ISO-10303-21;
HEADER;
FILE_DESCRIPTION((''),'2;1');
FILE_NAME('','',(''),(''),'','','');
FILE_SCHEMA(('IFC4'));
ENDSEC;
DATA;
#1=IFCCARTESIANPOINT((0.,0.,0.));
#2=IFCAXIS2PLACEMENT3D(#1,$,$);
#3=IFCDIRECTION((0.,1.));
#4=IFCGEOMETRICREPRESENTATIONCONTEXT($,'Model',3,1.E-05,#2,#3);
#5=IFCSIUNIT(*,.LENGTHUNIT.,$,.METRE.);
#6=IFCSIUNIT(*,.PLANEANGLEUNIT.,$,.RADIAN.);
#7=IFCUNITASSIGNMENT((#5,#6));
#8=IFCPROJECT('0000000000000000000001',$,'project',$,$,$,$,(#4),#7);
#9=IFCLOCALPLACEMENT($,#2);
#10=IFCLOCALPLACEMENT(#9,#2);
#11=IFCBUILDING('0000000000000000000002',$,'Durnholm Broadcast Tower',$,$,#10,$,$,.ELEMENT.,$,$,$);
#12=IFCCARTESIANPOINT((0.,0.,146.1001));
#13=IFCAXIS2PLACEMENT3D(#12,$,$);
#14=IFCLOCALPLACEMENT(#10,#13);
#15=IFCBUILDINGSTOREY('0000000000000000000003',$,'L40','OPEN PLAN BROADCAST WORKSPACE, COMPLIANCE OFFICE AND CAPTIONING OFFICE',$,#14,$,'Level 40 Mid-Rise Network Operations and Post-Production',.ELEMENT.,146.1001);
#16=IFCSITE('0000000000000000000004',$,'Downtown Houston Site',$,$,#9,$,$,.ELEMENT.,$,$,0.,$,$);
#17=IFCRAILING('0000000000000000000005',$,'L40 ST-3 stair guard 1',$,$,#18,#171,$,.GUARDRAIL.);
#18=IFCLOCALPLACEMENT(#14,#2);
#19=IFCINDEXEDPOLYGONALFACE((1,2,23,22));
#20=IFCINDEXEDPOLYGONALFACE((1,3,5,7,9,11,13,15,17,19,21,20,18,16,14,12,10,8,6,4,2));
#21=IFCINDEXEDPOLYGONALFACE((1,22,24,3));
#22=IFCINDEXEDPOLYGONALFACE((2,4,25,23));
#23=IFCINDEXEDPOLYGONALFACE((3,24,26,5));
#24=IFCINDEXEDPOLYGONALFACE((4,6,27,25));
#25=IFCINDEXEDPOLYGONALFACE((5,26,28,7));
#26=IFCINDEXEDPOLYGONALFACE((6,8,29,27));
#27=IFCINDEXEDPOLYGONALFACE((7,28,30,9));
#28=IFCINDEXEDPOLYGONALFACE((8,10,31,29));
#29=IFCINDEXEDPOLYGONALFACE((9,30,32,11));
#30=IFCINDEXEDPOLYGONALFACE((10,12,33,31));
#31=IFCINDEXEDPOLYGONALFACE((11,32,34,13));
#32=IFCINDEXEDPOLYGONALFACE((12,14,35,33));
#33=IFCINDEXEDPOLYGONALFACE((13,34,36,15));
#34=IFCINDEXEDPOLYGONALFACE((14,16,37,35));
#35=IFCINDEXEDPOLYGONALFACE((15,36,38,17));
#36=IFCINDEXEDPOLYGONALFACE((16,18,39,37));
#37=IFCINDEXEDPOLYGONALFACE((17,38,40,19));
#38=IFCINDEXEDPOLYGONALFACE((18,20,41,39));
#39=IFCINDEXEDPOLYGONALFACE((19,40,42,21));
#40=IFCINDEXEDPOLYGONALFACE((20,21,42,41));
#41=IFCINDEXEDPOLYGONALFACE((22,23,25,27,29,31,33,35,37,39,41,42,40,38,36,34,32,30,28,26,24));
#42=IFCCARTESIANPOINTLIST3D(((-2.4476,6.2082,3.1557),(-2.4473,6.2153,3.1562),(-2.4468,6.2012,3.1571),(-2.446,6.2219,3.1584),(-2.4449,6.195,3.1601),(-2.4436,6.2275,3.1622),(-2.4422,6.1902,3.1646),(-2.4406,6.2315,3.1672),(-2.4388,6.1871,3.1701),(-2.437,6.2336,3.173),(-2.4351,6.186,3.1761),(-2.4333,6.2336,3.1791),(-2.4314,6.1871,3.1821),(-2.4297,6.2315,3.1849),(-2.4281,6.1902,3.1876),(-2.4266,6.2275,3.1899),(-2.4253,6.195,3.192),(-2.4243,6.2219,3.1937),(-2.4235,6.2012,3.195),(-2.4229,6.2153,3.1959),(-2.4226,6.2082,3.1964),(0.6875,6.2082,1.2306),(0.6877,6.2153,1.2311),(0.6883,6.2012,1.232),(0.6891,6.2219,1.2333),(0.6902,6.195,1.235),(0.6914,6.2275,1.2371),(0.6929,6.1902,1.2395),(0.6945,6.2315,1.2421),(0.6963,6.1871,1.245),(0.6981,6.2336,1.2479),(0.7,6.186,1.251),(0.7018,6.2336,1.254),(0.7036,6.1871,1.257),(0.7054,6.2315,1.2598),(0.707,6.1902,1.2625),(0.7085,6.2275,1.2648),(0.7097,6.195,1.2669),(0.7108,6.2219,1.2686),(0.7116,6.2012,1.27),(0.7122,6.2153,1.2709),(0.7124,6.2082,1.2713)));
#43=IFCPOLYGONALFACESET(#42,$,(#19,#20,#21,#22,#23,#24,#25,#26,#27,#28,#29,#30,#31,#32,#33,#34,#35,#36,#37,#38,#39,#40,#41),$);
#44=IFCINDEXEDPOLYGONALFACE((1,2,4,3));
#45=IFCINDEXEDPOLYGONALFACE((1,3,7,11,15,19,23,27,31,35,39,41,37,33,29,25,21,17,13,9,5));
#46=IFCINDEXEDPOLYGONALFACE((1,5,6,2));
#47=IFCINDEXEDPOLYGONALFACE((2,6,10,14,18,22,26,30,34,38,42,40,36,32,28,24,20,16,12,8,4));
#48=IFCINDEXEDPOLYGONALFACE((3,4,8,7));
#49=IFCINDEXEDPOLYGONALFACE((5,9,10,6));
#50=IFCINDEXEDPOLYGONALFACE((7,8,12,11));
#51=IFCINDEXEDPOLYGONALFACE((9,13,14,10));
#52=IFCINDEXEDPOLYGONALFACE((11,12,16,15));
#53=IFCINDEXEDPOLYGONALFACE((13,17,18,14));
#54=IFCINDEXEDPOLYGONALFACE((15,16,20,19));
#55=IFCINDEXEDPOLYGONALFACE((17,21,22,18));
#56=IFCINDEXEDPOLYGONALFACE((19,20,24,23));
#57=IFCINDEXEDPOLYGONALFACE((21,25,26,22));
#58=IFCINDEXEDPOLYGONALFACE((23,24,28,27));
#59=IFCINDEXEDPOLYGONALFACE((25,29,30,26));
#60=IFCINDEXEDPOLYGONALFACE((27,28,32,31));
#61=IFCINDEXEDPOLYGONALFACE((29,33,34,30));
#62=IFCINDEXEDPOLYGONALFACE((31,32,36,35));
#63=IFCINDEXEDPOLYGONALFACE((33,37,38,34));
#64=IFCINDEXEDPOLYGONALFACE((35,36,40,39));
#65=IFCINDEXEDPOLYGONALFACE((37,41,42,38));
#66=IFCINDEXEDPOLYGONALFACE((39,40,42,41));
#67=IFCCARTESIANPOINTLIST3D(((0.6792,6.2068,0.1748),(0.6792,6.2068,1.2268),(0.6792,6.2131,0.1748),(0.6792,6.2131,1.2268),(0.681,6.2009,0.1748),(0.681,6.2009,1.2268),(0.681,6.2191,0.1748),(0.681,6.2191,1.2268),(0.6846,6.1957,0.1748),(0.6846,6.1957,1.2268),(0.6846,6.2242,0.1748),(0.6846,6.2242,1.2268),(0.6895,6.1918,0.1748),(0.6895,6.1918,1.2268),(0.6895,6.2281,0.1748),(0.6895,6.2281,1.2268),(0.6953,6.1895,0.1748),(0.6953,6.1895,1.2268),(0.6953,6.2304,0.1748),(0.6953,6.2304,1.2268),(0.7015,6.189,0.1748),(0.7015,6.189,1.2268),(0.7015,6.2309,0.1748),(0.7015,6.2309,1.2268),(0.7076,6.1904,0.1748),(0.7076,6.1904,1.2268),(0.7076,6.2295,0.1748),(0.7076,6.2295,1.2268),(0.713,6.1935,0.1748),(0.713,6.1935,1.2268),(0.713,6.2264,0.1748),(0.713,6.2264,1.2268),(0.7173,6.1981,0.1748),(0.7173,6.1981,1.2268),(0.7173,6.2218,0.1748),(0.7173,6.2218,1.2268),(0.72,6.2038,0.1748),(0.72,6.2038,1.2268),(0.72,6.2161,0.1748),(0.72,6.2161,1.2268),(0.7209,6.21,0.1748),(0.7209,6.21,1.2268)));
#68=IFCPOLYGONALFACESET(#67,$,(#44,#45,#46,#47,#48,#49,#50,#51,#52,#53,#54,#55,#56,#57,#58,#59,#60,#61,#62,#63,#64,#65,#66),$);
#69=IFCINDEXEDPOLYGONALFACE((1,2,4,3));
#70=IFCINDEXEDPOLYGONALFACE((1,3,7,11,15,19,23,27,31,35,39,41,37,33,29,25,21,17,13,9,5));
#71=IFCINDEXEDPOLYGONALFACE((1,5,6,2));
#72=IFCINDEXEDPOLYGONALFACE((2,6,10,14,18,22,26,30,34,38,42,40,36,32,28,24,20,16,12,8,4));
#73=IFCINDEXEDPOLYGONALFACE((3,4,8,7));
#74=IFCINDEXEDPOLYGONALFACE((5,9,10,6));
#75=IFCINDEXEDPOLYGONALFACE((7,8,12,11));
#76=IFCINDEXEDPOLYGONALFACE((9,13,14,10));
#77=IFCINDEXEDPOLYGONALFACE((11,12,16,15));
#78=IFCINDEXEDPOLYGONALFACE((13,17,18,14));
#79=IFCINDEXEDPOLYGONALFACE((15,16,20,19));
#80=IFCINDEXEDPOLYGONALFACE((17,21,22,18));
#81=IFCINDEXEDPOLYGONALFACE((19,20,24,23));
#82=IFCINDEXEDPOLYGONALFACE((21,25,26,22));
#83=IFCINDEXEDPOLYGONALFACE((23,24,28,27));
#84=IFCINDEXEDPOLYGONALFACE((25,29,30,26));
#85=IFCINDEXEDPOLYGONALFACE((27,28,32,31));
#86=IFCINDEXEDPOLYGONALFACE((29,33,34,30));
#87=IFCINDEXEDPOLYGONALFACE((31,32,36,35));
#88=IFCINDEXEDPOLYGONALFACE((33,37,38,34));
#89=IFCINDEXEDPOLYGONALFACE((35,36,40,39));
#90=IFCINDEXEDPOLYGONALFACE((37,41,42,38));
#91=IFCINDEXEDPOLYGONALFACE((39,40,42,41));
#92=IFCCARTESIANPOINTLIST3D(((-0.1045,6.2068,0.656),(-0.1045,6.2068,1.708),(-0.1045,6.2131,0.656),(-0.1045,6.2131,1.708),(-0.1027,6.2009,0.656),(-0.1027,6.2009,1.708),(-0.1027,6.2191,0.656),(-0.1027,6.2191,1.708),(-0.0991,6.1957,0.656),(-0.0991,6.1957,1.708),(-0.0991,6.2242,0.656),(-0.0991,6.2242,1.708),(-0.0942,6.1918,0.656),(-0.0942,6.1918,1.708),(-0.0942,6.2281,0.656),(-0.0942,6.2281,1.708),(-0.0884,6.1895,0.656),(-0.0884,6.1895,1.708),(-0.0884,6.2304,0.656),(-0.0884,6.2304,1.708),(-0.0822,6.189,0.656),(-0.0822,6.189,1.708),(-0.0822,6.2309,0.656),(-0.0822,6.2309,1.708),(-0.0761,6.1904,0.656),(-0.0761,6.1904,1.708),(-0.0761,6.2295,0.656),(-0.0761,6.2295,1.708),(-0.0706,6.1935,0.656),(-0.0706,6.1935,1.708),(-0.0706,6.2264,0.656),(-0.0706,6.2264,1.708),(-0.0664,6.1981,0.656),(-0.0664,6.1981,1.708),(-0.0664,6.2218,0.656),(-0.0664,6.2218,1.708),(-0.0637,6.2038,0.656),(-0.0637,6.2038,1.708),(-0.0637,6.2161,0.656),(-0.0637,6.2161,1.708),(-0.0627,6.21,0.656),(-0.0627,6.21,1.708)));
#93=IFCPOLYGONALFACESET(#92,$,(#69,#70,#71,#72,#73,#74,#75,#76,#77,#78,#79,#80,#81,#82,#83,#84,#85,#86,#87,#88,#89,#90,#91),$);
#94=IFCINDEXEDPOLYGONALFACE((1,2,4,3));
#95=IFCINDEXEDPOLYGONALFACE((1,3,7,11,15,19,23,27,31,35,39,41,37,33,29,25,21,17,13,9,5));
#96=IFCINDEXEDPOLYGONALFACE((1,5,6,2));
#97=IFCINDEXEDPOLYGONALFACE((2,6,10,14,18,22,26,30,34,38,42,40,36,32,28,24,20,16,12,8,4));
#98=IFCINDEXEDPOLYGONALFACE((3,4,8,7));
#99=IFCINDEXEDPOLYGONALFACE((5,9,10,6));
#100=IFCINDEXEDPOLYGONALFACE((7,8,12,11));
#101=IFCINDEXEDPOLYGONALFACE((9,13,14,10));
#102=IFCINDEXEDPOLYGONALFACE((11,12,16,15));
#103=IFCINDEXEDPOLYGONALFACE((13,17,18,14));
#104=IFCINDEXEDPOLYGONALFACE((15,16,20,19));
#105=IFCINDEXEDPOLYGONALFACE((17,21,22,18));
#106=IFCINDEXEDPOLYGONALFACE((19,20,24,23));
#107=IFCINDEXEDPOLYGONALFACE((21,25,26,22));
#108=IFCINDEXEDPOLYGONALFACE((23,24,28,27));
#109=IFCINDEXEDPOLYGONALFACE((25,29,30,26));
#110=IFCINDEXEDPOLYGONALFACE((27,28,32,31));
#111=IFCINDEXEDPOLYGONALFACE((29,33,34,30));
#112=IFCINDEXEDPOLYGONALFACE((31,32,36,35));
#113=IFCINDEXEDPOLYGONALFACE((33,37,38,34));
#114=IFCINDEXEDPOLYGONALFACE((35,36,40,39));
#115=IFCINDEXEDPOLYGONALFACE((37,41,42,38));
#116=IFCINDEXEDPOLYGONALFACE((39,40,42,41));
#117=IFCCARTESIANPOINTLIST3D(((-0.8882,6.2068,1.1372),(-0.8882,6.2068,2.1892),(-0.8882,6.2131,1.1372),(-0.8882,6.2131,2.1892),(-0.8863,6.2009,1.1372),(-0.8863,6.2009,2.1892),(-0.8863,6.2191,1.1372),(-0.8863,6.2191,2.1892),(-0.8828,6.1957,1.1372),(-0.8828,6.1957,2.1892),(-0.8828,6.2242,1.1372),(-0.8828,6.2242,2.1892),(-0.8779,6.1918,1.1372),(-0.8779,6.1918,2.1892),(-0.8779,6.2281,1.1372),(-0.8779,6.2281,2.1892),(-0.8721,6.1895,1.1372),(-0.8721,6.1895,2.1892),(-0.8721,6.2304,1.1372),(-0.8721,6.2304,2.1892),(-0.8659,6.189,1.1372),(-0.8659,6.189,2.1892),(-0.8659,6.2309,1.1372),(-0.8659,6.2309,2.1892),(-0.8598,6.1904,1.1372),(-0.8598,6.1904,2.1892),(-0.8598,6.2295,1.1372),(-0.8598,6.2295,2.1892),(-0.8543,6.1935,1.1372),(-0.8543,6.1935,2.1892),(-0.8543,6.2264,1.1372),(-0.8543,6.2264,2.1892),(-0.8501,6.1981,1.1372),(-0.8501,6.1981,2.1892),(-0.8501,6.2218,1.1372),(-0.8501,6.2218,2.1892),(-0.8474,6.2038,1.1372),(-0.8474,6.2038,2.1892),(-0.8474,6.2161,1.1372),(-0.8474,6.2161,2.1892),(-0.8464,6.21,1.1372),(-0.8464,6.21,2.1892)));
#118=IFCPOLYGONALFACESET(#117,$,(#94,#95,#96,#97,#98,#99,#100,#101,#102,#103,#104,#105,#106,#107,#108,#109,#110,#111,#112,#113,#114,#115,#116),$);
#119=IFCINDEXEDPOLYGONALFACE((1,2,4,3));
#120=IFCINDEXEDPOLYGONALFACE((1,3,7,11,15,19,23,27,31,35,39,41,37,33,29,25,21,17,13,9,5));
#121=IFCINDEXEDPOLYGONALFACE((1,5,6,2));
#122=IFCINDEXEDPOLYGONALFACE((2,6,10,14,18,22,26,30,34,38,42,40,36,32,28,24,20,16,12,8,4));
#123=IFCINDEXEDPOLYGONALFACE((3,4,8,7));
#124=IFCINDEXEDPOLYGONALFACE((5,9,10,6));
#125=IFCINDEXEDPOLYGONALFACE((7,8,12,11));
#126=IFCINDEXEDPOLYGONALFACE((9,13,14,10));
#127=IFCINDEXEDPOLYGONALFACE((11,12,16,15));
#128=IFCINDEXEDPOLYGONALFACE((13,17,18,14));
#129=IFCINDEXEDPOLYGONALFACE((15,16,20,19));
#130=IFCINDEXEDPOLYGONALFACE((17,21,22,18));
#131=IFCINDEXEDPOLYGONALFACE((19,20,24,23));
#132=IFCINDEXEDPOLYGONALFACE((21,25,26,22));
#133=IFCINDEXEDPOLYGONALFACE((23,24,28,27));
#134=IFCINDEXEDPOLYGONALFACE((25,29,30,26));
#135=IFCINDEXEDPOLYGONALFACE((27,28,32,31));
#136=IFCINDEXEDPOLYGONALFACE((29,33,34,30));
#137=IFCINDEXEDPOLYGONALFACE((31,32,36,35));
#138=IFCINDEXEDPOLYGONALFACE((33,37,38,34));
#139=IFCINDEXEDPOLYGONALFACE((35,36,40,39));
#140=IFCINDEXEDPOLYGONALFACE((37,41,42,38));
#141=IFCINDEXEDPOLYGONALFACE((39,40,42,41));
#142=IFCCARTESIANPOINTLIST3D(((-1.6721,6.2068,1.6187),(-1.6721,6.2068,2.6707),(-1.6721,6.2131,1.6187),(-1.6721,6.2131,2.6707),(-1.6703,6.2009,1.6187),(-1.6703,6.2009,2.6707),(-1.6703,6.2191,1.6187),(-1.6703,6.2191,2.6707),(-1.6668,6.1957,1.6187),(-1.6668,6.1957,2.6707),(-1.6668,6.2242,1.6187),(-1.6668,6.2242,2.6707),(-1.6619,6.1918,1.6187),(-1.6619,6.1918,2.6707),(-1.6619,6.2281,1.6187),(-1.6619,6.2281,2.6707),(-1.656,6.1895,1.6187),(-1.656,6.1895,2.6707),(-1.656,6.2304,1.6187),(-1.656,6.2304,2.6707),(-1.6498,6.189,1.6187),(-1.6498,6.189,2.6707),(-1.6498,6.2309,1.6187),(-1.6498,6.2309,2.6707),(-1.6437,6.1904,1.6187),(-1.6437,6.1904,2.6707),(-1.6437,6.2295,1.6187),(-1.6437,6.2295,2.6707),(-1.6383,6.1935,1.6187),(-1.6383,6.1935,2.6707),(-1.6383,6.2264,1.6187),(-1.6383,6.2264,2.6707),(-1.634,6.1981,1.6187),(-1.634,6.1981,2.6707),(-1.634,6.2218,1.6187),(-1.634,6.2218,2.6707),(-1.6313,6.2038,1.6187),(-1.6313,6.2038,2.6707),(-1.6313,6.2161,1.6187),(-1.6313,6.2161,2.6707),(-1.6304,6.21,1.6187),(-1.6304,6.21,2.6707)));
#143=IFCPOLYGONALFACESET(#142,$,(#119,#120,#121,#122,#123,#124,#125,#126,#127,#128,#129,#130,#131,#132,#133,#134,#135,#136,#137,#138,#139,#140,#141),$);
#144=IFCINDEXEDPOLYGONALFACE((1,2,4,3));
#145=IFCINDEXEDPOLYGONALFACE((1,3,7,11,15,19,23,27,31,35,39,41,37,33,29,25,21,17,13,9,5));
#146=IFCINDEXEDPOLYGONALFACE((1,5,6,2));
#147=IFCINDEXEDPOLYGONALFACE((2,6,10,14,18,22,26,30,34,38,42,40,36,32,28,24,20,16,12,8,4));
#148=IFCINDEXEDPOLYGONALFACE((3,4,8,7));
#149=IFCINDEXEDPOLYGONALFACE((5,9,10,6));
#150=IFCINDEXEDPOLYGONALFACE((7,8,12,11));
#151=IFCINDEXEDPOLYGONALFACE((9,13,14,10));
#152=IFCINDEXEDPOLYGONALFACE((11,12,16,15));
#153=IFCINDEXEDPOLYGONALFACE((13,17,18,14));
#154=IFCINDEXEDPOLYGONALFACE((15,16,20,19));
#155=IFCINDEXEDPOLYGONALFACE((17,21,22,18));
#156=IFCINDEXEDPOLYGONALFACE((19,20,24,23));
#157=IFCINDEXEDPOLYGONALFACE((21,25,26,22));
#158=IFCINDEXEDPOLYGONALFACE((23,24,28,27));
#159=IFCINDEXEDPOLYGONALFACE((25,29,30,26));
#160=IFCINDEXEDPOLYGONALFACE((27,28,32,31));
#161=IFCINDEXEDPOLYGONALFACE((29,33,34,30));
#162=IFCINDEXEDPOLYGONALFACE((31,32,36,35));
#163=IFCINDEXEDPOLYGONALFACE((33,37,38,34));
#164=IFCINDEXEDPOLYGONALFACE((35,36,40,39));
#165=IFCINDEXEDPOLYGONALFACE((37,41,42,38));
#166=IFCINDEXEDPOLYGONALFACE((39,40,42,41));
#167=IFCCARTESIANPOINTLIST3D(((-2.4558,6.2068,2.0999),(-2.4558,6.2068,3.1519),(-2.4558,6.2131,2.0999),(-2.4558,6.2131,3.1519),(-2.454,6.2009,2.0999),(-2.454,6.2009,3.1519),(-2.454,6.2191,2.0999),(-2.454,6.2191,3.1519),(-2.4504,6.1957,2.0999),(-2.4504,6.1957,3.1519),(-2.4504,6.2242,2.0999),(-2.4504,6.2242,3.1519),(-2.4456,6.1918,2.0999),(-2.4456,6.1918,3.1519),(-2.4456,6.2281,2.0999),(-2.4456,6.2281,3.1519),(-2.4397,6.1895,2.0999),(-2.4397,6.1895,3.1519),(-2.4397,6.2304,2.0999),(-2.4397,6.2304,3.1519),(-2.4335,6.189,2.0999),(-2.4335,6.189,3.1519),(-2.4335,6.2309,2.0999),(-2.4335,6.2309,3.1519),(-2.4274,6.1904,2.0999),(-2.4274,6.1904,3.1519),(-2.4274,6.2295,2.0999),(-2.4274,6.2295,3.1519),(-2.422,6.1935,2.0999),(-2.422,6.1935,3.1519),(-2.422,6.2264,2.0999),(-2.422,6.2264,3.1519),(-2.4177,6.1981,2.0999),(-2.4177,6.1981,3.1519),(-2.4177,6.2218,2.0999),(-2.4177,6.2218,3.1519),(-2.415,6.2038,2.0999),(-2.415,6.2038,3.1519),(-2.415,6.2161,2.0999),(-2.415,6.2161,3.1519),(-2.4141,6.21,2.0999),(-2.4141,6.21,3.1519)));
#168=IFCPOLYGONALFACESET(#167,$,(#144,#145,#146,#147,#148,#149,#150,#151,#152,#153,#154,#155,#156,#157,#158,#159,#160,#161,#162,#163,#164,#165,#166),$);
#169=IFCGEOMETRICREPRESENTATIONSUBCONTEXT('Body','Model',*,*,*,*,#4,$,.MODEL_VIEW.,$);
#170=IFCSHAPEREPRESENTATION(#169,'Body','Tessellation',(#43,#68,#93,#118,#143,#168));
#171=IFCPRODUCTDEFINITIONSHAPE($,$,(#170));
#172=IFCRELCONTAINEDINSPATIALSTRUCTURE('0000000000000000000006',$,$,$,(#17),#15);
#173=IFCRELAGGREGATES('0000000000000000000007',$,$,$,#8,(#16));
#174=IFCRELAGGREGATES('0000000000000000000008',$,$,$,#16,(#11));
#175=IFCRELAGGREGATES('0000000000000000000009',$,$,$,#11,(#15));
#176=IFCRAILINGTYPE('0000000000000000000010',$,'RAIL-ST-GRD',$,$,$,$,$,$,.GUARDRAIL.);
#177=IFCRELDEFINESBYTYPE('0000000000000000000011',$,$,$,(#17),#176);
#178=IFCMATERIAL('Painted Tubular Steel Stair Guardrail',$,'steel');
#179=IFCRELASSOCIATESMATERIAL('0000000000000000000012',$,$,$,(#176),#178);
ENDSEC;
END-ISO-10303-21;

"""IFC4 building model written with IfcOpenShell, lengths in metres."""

from ifc_helpers import new_model, si_unit, direction, frame, origin, origin_2d, place, context, subcontext, project, spatial, circle, extrude, material, type_object, element, save


model = new_model("IFC4")

# Units and contexts
model_context = context("Model", 3, precision=1e-05, world=origin(), true_north=direction((0.0, 1.0)))
body_context = subcontext(model_context, "Body", "Model", "MODEL_VIEW")
ifc_project = project(units=[si_unit("LENGTHUNIT", "METRE"), si_unit("PLANEANGLEUNIT", "RADIAN")], contexts=[model_context])

# Site, building, storey
site_placement = place(None, origin())
site = spatial("IfcSite", under=ifc_project, at=site_placement, Name="Downtown Houston Site", CompositionType="ELEMENT", RefElevation=0.0)
building_placement = place(site_placement, origin())
building = spatial("IfcBuilding", under=site, at=building_placement, Name="Durnholm Broadcast Tower", CompositionType="ELEMENT")
storey_placement = place(building_placement, frame((0.0, 0.0, 146.1001)))
storey = spatial("IfcBuildingStorey", under=building, at=storey_placement, Name="L40", Description="OPEN PLAN BROADCAST WORKSPACE, COMPLIANCE OFFICE AND CAPTIONING OFFICE", LongName="Level 40 Mid-Rise Network Operations and Post-Production", CompositionType="ELEMENT", Elevation=146.1001)

# Railing
ifc_material_1 = material(Name="Painted Tubular Steel Stair Guardrail", Category="steel")
railing_type_1 = type_object("IfcRailingType", Name="RAIL-ST-GRD", PredefinedType="GUARDRAIL", material=ifc_material_1)
railing_1_placement = place(storey_placement, frame((0.7, 6.21, 0.1748)))
element("IfcRailing", 1, at=railing_1_placement, inside=storey, type_object=railing_type_1, Name="L40 ST-3 stair guard 1", PredefinedType="GUARDRAIL", context=body_context, shape_type="SweptSolid", body=[
    extrude(circle(Radius=0.0239, at=origin_2d()), frame((0.0, 0.0, 1.0762), z_axis=(-0.852166, 0.0, 0.523271), x_axis=(0.0, -1.0, 0.0)), (0.0, 0.0, 1.0), 3.679),
    extrude(circle(Radius=0.021, at=origin_2d()), origin(), (0.0, 0.0, 1.0), 1.052),
    extrude(circle(Radius=0.021, at=origin_2d()), frame((-0.7837, 0.0, 0.4812)), (0.0, 0.0, 1.0), 1.052),
    extrude(circle(Radius=0.021, at=origin_2d()), frame((-1.5674, 0.0, 0.9624)), (0.0, 0.0, 1.0), 1.052),
    extrude(circle(Radius=0.021, at=origin_2d()), frame((-2.3513, 0.0, 1.4438)), (0.0, 0.0, 1.0), 1.052),
    extrude(circle(Radius=0.021, at=origin_2d()), frame((-3.135, 0.0, 1.925)), (0.0, 0.0, 1.0), 1.052),
])

save(model, "model.ifc")
